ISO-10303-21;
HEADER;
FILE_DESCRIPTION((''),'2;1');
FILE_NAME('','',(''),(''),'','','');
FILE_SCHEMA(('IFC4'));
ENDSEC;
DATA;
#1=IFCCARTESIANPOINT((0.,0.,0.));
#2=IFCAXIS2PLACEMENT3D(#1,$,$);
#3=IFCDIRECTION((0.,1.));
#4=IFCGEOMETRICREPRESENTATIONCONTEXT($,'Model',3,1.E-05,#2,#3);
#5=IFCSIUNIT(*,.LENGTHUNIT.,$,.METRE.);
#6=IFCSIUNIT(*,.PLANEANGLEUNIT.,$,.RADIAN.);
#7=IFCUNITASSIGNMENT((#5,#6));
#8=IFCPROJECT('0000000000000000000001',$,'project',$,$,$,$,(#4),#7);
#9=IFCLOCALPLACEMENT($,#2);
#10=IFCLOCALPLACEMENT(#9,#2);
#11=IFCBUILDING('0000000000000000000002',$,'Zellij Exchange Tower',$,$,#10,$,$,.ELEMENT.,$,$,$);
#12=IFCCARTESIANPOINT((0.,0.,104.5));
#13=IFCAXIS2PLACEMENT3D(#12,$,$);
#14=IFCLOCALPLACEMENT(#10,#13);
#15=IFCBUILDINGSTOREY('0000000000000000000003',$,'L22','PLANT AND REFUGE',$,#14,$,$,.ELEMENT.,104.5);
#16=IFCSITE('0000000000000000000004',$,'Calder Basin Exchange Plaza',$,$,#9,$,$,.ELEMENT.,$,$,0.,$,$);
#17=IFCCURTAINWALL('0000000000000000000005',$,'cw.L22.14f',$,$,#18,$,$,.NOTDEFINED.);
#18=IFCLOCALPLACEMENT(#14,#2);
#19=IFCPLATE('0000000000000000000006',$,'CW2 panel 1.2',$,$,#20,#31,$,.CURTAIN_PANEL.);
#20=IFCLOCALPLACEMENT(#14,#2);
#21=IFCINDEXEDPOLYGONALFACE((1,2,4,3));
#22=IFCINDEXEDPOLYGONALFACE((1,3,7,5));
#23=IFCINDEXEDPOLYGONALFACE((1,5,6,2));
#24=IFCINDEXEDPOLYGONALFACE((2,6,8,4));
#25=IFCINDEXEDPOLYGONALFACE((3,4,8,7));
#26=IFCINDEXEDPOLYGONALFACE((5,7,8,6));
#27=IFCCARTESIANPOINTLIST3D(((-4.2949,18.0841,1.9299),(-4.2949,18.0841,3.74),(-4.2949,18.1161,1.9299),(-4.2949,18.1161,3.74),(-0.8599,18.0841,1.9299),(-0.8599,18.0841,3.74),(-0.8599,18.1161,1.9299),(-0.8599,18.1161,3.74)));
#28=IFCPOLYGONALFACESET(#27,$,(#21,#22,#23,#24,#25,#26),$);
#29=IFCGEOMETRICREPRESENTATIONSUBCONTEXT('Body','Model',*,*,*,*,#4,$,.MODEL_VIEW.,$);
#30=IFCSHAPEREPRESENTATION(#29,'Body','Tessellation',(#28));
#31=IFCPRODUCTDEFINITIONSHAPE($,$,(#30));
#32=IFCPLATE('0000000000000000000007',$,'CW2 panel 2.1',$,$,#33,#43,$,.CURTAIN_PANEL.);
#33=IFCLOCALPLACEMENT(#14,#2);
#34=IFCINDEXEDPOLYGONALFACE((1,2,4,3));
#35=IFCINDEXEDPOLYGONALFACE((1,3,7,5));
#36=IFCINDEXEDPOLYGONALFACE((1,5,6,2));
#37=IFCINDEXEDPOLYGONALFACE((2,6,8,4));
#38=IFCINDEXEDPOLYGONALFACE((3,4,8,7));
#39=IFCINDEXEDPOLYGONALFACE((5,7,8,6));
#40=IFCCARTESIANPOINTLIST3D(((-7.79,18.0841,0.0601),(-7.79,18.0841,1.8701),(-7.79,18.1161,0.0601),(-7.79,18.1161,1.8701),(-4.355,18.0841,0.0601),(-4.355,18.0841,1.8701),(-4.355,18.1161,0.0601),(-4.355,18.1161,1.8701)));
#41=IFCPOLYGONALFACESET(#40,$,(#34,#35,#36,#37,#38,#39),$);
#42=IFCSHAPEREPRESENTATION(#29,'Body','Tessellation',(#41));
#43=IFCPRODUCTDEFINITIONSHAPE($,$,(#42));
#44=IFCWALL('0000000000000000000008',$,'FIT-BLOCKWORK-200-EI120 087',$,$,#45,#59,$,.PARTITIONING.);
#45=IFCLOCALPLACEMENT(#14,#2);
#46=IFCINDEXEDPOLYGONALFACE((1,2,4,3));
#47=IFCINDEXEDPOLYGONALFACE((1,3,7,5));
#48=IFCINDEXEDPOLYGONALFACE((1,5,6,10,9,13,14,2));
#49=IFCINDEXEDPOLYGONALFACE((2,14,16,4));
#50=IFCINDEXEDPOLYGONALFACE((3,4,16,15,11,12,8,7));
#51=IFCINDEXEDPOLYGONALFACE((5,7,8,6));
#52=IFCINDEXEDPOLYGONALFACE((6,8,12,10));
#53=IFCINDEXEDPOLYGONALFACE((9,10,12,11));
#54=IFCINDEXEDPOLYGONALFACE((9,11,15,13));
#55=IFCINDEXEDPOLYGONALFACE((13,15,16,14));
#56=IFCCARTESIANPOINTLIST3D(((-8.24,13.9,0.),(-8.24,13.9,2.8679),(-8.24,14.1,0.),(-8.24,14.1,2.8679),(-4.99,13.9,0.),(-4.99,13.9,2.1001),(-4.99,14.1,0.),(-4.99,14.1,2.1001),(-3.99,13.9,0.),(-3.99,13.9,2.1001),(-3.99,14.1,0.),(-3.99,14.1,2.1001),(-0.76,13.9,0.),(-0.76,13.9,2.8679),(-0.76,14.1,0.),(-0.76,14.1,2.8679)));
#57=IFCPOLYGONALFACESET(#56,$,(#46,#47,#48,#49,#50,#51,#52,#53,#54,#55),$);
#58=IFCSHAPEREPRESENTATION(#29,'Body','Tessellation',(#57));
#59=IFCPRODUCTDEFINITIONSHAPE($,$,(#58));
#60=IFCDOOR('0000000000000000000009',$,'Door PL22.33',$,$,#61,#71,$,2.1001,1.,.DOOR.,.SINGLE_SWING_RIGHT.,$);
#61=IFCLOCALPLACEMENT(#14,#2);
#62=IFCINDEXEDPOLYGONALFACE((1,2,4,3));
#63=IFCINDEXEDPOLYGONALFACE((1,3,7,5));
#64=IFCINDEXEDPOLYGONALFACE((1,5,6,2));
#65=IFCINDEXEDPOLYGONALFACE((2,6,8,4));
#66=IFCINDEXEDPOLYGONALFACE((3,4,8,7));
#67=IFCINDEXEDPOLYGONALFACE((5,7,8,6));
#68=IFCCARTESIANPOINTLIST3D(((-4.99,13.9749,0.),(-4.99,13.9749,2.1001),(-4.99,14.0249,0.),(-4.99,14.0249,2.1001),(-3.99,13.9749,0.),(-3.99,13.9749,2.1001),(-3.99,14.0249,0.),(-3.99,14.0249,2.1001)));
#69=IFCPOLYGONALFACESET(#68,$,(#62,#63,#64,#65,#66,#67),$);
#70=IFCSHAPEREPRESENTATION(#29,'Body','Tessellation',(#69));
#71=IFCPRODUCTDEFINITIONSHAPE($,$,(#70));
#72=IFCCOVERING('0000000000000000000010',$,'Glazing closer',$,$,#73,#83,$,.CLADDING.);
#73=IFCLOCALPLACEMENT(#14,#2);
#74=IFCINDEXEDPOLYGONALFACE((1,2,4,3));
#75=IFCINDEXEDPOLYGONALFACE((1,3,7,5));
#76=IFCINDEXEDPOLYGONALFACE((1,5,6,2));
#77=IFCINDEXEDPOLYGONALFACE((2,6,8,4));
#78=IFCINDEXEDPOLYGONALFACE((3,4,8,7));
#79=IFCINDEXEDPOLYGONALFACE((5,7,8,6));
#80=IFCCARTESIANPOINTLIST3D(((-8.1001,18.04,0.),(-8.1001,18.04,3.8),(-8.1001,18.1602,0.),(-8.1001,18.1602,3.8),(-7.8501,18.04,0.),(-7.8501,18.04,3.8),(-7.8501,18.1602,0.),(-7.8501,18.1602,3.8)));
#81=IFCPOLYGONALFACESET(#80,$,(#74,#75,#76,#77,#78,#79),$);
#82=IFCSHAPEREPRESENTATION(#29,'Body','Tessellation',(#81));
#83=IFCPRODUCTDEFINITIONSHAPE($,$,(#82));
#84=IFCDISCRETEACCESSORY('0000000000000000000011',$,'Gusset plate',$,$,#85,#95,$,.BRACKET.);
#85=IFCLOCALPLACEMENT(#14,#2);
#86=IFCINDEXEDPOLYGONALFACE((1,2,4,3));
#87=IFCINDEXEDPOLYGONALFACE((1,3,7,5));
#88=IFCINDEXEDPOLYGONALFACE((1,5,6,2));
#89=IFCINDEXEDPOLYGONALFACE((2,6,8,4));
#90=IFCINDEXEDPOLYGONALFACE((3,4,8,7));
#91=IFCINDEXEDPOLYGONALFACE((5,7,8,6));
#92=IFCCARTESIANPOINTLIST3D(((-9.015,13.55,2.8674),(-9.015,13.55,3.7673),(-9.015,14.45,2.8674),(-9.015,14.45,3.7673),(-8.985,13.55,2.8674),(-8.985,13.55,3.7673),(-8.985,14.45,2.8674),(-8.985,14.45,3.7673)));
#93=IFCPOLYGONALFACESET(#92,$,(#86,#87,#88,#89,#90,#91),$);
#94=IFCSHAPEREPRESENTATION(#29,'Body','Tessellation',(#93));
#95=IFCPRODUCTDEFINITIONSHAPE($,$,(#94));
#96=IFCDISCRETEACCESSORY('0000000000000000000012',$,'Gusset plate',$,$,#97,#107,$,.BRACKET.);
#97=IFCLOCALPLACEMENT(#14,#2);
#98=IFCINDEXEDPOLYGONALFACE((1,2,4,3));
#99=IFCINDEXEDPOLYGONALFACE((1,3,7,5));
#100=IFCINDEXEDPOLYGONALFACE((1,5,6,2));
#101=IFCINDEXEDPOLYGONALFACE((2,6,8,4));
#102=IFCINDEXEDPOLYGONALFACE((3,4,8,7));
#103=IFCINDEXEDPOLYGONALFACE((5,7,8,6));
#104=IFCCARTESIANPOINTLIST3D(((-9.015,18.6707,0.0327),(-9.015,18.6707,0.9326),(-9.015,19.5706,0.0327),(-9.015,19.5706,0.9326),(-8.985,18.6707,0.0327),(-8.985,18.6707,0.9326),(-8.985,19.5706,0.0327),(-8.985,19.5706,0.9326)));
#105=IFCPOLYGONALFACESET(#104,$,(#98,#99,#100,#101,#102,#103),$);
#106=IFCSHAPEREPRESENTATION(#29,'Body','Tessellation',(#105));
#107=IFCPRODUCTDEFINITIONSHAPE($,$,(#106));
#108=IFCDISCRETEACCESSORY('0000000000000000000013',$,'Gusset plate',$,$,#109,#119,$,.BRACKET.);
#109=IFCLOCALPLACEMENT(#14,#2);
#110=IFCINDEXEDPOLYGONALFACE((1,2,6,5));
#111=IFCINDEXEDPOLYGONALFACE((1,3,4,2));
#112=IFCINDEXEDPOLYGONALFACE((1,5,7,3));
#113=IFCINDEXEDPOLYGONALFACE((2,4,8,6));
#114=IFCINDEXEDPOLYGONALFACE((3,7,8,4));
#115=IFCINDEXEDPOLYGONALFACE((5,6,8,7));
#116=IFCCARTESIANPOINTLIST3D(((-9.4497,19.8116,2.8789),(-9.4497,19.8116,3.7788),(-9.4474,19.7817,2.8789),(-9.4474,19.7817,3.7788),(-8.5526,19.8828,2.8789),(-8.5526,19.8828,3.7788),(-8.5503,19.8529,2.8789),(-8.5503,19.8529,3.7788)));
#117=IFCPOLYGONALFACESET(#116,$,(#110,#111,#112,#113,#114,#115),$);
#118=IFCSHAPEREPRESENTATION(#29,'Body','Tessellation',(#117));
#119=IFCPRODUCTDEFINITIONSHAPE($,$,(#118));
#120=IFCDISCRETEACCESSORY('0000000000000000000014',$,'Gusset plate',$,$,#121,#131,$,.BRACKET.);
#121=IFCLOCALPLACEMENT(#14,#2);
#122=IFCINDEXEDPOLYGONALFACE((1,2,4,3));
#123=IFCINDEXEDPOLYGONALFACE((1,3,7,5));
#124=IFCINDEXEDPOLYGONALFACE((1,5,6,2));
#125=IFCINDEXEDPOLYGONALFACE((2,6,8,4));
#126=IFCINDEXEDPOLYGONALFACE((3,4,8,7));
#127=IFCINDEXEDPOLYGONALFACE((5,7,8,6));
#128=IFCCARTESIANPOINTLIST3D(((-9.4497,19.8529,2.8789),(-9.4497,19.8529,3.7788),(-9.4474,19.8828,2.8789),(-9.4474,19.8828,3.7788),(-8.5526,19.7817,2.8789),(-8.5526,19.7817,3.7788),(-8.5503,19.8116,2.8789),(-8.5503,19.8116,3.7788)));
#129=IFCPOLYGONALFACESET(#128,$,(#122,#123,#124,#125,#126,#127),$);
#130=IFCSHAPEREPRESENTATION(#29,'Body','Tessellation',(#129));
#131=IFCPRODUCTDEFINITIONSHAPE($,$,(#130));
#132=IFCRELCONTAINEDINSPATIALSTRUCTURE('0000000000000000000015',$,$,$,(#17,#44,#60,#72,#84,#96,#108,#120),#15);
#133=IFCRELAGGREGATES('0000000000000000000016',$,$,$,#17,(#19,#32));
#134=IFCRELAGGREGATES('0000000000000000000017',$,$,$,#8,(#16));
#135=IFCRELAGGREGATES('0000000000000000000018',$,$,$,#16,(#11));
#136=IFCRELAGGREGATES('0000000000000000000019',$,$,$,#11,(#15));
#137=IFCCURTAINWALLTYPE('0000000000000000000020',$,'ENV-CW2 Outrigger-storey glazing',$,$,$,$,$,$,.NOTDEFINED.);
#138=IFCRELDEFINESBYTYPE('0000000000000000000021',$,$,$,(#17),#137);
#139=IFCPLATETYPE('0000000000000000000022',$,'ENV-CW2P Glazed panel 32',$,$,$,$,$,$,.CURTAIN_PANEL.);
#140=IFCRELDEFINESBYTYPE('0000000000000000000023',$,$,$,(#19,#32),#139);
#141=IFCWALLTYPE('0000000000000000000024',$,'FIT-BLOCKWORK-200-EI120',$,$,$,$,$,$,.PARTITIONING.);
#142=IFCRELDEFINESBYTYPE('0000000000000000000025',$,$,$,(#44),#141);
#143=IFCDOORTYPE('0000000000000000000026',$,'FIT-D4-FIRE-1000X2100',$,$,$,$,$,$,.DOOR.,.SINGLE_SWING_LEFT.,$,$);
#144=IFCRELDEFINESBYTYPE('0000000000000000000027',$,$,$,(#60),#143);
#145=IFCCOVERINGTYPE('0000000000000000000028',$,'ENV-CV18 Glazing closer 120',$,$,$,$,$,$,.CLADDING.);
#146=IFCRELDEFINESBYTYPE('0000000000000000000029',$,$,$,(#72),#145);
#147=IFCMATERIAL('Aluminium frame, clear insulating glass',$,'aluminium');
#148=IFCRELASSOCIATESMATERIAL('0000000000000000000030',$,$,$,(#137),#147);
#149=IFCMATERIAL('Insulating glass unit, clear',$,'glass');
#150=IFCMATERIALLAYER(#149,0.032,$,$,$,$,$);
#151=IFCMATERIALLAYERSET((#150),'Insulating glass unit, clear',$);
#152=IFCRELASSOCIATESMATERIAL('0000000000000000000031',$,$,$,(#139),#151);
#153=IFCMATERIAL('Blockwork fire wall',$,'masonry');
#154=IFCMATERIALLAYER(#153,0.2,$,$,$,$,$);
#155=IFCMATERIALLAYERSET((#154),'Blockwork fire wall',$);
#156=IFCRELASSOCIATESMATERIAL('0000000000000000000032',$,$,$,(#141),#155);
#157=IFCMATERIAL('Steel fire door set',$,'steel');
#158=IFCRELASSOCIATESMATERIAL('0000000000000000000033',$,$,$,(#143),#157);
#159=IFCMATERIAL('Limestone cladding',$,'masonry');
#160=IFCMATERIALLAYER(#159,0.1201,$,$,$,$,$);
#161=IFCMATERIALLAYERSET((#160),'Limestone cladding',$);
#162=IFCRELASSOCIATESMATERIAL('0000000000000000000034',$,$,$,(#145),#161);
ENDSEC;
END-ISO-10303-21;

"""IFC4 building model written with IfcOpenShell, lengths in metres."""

from ifc_helpers import new_model, si_unit, direction, frame, frame_2d, origin, origin_2d, place, context, subcontext, project, spatial, rectangle, extrude, material, layer, layer_set, type_object, element, fill, aggregate, save


model = new_model("IFC4")

# Units and contexts
model_context = context("Model", 3, precision=1e-05, world=origin(), true_north=direction((0.0, 1.0)))
body_context = subcontext(model_context, "Body", "Model", "MODEL_VIEW")
ifc_project = project(units=[si_unit("LENGTHUNIT", "METRE"), si_unit("PLANEANGLEUNIT", "RADIAN")], contexts=[model_context])

# Site, building, storey
site_placement = place(None, origin())
site = spatial("IfcSite", under=ifc_project, at=site_placement, Name="Calder Basin Exchange Plaza", CompositionType="ELEMENT", RefElevation=0.0)
building_placement = place(site_placement, origin())
building = spatial("IfcBuilding", under=site, at=building_placement, Name="Zellij Exchange Tower", CompositionType="ELEMENT")
storey_placement = place(building_placement, frame((0.0, 0.0, 104.5)))
storey = spatial("IfcBuildingStorey", under=building, at=storey_placement, Name="L22", Description="PLANT AND REFUGE", CompositionType="ELEMENT", Elevation=104.5)

# Curtain wall
ifc_material_1 = material(Name="Aluminium frame, clear insulating glass", Category="aluminium")
curtain_wall_type = type_object("IfcCurtainWallType", Name="ENV-CW2 Outrigger-storey glazing", PredefinedType="NOTDEFINED", material=ifc_material_1)
curtain_wall_placement = place(storey_placement, origin())
curtain_wall = element("IfcCurtainWall", 1, at=curtain_wall_placement, inside=storey, type_object=curtain_wall_type, Name="cw.L22.14f", PredefinedType="NOTDEFINED")

# Plates
ifc_material_2 = material(Name="Insulating glass unit, clear", Category="glass")
ifc_layer_1 = layer(ifc_material_2, 0.032)
ifc_layer_set_1 = layer_set([ifc_layer_1], Name="Insulating glass unit, clear")
plate_type_1 = type_object("IfcPlateType", Name="ENV-CW2P Glazed panel 32", PredefinedType="CURTAIN_PANEL", material=ifc_layer_set_1)
plate_1_placement = place(storey_placement, frame((-2.5774, 18.1001, 1.9299), z_axis=(0.0, 0.0, 1.0), x_axis=(-1.0, 0.0, 0.0)))
plate_1 = element("IfcPlate", 2, at=plate_1_placement, type_object=plate_type_1, Name="CW2 panel 1.2", PredefinedType="CURTAIN_PANEL", context=body_context, shape_type="SweptSolid", body=[
    extrude(rectangle(XDim=3.4351, YDim=0.032, at=origin_2d()), origin(), (0.0, 0.0, 1.0), 1.8101),
])
plate_2_placement = place(storey_placement, frame((-6.0725, 18.1001, 0.0601), z_axis=(0.0, 0.0, 1.0), x_axis=(-1.0, 0.0, 0.0)))
plate_2 = element("IfcPlate", 3, at=plate_2_placement, type_object=plate_type_1, Name="CW2 panel 2.1", PredefinedType="CURTAIN_PANEL", context=body_context, shape_type="SweptSolid", body=[
    extrude(rectangle(XDim=3.4351, YDim=0.032, at=origin_2d()), origin(), (0.0, 0.0, 1.0), 1.8101),
])
aggregate(curtain_wall, [plate_1, plate_2])

# Wall, opening, door
ifc_material_3 = material(Name="Blockwork fire wall", Category="masonry")
ifc_layer_2 = layer(ifc_material_3, 0.2)
ifc_layer_set_2 = layer_set([ifc_layer_2], Name="Blockwork fire wall")
wall_type = type_object("IfcWallType", Name="FIT-BLOCKWORK-200-EI120", PredefinedType="PARTITIONING", material=ifc_layer_set_2)
wall_placement = place(storey_placement, frame((-8.24, 14.0, 0.0), z_axis=(0.0, 0.0, 1.0), x_axis=(1.0, 0.0, 0.0)))
wall = element("IfcWall", 4, at=wall_placement, inside=storey, type_object=wall_type, Name="FIT-BLOCKWORK-200-EI120 087", PredefinedType="PARTITIONING", context=body_context, shape_type="SweptSolid", body=[
    extrude(rectangle(XDim=7.48, YDim=0.2, at=frame_2d((3.74, 0.0))), origin(), (0.0, 0.0, 1.0), 2.8679),
])
opening_placement = place(wall_placement, frame((3.25, 0.0, 0.0)))
opening = element("IfcOpeningElement", 5, at=opening_placement, cuts=wall, PredefinedType="OPENING", context=body_context, shape_type="SweptSolid", body=[
    extrude(rectangle(XDim=1.0, YDim=2.1001, at=frame_2d((0.5, 1.05))), frame((0.0, 0.1118, 0.0), z_axis=(0.0, -1.0, 0.0), x_axis=(1.0, 0.0, 0.0)), (0.0, 0.0, 1.0), 0.2239),
])
ifc_material_4 = material(Name="Steel fire door set", Category="steel")
door_type = type_object("IfcDoorType", Name="FIT-D4-FIRE-1000X2100", OperationType="SINGLE_SWING_LEFT", PredefinedType="DOOR", material=ifc_material_4)
door_placement = place(opening_placement, origin())
door = element("IfcDoor", 6, at=door_placement, inside=storey, type_object=door_type, Name="Door PL22.33", OperationType="SINGLE_SWING_RIGHT", OverallHeight=2.1001, OverallWidth=1.0, PredefinedType="DOOR", context=body_context, shape_type="SweptSolid", body=[
    extrude(rectangle(XDim=1.0, YDim=2.1001, at=frame_2d((0.5, 1.05))), frame((0.0, 0.0249, 0.0), z_axis=(0.0, -1.0, 0.0), x_axis=(1.0, 0.0, 0.0)), (0.0, 0.0, 1.0), 0.05),
])
fill(opening, door)

# Covering
ifc_material_5 = material(Name="Limestone cladding", Category="masonry")
ifc_layer_3 = layer(ifc_material_5, 0.1201)
ifc_layer_set_3 = layer_set([ifc_layer_3], Name="Limestone cladding")
covering_type = type_object("IfcCoveringType", Name="ENV-CV18 Glazing closer 120", PredefinedType="CLADDING", material=ifc_layer_set_3)
covering_placement = place(storey_placement, frame((-7.9751, 18.1001, 0.0), z_axis=(0.0, 0.0, 1.0), x_axis=(-1.0, 0.0, 0.0)))
element("IfcCovering", 7, at=covering_placement, inside=storey, type_object=covering_type, Name="Glazing closer", PredefinedType="CLADDING", context=body_context, shape_type="SweptSolid", body=[
    extrude(rectangle(XDim=0.25, YDim=0.1201, at=origin_2d()), origin(), (0.0, 0.0, 1.0), 3.8),
])

# Discrete accessories
for number, where, z_axis, x_axis, name in (
    (8, (-9.0, 14.0, 2.8674), (0.0, 0.0, 1.0), (0.0, 1.0, 0.0), "Gusset plate"),
    (9, (-9.0, 19.1206, 0.0327), (0.0, 0.0, 1.0), (0.0, 1.0, 0.0), "Gusset plate"),
    (10, (-9.0, 19.8323, 2.8789), (0.0, 0.0, 1.0), (0.996864, 0.079129, 0.0), "Gusset plate"),
    (11, (-9.0, 19.8323, 2.8789), (0.0, 0.0, 1.0), (0.996864, -0.079129, 0.0), "Gusset plate"),
):
    element("IfcDiscreteAccessory", number, at=place(storey_placement, frame(where, z_axis=z_axis, x_axis=x_axis)), inside=storey, Name=name, PredefinedType="BRACKET", context=body_context, shape_type="SweptSolid", body=[
        extrude(rectangle(XDim=0.8999, YDim=0.03, at=origin_2d()), origin(), (0.0, 0.0, 1.0), 0.8999),
    ])

save(model, "model.ifc")
